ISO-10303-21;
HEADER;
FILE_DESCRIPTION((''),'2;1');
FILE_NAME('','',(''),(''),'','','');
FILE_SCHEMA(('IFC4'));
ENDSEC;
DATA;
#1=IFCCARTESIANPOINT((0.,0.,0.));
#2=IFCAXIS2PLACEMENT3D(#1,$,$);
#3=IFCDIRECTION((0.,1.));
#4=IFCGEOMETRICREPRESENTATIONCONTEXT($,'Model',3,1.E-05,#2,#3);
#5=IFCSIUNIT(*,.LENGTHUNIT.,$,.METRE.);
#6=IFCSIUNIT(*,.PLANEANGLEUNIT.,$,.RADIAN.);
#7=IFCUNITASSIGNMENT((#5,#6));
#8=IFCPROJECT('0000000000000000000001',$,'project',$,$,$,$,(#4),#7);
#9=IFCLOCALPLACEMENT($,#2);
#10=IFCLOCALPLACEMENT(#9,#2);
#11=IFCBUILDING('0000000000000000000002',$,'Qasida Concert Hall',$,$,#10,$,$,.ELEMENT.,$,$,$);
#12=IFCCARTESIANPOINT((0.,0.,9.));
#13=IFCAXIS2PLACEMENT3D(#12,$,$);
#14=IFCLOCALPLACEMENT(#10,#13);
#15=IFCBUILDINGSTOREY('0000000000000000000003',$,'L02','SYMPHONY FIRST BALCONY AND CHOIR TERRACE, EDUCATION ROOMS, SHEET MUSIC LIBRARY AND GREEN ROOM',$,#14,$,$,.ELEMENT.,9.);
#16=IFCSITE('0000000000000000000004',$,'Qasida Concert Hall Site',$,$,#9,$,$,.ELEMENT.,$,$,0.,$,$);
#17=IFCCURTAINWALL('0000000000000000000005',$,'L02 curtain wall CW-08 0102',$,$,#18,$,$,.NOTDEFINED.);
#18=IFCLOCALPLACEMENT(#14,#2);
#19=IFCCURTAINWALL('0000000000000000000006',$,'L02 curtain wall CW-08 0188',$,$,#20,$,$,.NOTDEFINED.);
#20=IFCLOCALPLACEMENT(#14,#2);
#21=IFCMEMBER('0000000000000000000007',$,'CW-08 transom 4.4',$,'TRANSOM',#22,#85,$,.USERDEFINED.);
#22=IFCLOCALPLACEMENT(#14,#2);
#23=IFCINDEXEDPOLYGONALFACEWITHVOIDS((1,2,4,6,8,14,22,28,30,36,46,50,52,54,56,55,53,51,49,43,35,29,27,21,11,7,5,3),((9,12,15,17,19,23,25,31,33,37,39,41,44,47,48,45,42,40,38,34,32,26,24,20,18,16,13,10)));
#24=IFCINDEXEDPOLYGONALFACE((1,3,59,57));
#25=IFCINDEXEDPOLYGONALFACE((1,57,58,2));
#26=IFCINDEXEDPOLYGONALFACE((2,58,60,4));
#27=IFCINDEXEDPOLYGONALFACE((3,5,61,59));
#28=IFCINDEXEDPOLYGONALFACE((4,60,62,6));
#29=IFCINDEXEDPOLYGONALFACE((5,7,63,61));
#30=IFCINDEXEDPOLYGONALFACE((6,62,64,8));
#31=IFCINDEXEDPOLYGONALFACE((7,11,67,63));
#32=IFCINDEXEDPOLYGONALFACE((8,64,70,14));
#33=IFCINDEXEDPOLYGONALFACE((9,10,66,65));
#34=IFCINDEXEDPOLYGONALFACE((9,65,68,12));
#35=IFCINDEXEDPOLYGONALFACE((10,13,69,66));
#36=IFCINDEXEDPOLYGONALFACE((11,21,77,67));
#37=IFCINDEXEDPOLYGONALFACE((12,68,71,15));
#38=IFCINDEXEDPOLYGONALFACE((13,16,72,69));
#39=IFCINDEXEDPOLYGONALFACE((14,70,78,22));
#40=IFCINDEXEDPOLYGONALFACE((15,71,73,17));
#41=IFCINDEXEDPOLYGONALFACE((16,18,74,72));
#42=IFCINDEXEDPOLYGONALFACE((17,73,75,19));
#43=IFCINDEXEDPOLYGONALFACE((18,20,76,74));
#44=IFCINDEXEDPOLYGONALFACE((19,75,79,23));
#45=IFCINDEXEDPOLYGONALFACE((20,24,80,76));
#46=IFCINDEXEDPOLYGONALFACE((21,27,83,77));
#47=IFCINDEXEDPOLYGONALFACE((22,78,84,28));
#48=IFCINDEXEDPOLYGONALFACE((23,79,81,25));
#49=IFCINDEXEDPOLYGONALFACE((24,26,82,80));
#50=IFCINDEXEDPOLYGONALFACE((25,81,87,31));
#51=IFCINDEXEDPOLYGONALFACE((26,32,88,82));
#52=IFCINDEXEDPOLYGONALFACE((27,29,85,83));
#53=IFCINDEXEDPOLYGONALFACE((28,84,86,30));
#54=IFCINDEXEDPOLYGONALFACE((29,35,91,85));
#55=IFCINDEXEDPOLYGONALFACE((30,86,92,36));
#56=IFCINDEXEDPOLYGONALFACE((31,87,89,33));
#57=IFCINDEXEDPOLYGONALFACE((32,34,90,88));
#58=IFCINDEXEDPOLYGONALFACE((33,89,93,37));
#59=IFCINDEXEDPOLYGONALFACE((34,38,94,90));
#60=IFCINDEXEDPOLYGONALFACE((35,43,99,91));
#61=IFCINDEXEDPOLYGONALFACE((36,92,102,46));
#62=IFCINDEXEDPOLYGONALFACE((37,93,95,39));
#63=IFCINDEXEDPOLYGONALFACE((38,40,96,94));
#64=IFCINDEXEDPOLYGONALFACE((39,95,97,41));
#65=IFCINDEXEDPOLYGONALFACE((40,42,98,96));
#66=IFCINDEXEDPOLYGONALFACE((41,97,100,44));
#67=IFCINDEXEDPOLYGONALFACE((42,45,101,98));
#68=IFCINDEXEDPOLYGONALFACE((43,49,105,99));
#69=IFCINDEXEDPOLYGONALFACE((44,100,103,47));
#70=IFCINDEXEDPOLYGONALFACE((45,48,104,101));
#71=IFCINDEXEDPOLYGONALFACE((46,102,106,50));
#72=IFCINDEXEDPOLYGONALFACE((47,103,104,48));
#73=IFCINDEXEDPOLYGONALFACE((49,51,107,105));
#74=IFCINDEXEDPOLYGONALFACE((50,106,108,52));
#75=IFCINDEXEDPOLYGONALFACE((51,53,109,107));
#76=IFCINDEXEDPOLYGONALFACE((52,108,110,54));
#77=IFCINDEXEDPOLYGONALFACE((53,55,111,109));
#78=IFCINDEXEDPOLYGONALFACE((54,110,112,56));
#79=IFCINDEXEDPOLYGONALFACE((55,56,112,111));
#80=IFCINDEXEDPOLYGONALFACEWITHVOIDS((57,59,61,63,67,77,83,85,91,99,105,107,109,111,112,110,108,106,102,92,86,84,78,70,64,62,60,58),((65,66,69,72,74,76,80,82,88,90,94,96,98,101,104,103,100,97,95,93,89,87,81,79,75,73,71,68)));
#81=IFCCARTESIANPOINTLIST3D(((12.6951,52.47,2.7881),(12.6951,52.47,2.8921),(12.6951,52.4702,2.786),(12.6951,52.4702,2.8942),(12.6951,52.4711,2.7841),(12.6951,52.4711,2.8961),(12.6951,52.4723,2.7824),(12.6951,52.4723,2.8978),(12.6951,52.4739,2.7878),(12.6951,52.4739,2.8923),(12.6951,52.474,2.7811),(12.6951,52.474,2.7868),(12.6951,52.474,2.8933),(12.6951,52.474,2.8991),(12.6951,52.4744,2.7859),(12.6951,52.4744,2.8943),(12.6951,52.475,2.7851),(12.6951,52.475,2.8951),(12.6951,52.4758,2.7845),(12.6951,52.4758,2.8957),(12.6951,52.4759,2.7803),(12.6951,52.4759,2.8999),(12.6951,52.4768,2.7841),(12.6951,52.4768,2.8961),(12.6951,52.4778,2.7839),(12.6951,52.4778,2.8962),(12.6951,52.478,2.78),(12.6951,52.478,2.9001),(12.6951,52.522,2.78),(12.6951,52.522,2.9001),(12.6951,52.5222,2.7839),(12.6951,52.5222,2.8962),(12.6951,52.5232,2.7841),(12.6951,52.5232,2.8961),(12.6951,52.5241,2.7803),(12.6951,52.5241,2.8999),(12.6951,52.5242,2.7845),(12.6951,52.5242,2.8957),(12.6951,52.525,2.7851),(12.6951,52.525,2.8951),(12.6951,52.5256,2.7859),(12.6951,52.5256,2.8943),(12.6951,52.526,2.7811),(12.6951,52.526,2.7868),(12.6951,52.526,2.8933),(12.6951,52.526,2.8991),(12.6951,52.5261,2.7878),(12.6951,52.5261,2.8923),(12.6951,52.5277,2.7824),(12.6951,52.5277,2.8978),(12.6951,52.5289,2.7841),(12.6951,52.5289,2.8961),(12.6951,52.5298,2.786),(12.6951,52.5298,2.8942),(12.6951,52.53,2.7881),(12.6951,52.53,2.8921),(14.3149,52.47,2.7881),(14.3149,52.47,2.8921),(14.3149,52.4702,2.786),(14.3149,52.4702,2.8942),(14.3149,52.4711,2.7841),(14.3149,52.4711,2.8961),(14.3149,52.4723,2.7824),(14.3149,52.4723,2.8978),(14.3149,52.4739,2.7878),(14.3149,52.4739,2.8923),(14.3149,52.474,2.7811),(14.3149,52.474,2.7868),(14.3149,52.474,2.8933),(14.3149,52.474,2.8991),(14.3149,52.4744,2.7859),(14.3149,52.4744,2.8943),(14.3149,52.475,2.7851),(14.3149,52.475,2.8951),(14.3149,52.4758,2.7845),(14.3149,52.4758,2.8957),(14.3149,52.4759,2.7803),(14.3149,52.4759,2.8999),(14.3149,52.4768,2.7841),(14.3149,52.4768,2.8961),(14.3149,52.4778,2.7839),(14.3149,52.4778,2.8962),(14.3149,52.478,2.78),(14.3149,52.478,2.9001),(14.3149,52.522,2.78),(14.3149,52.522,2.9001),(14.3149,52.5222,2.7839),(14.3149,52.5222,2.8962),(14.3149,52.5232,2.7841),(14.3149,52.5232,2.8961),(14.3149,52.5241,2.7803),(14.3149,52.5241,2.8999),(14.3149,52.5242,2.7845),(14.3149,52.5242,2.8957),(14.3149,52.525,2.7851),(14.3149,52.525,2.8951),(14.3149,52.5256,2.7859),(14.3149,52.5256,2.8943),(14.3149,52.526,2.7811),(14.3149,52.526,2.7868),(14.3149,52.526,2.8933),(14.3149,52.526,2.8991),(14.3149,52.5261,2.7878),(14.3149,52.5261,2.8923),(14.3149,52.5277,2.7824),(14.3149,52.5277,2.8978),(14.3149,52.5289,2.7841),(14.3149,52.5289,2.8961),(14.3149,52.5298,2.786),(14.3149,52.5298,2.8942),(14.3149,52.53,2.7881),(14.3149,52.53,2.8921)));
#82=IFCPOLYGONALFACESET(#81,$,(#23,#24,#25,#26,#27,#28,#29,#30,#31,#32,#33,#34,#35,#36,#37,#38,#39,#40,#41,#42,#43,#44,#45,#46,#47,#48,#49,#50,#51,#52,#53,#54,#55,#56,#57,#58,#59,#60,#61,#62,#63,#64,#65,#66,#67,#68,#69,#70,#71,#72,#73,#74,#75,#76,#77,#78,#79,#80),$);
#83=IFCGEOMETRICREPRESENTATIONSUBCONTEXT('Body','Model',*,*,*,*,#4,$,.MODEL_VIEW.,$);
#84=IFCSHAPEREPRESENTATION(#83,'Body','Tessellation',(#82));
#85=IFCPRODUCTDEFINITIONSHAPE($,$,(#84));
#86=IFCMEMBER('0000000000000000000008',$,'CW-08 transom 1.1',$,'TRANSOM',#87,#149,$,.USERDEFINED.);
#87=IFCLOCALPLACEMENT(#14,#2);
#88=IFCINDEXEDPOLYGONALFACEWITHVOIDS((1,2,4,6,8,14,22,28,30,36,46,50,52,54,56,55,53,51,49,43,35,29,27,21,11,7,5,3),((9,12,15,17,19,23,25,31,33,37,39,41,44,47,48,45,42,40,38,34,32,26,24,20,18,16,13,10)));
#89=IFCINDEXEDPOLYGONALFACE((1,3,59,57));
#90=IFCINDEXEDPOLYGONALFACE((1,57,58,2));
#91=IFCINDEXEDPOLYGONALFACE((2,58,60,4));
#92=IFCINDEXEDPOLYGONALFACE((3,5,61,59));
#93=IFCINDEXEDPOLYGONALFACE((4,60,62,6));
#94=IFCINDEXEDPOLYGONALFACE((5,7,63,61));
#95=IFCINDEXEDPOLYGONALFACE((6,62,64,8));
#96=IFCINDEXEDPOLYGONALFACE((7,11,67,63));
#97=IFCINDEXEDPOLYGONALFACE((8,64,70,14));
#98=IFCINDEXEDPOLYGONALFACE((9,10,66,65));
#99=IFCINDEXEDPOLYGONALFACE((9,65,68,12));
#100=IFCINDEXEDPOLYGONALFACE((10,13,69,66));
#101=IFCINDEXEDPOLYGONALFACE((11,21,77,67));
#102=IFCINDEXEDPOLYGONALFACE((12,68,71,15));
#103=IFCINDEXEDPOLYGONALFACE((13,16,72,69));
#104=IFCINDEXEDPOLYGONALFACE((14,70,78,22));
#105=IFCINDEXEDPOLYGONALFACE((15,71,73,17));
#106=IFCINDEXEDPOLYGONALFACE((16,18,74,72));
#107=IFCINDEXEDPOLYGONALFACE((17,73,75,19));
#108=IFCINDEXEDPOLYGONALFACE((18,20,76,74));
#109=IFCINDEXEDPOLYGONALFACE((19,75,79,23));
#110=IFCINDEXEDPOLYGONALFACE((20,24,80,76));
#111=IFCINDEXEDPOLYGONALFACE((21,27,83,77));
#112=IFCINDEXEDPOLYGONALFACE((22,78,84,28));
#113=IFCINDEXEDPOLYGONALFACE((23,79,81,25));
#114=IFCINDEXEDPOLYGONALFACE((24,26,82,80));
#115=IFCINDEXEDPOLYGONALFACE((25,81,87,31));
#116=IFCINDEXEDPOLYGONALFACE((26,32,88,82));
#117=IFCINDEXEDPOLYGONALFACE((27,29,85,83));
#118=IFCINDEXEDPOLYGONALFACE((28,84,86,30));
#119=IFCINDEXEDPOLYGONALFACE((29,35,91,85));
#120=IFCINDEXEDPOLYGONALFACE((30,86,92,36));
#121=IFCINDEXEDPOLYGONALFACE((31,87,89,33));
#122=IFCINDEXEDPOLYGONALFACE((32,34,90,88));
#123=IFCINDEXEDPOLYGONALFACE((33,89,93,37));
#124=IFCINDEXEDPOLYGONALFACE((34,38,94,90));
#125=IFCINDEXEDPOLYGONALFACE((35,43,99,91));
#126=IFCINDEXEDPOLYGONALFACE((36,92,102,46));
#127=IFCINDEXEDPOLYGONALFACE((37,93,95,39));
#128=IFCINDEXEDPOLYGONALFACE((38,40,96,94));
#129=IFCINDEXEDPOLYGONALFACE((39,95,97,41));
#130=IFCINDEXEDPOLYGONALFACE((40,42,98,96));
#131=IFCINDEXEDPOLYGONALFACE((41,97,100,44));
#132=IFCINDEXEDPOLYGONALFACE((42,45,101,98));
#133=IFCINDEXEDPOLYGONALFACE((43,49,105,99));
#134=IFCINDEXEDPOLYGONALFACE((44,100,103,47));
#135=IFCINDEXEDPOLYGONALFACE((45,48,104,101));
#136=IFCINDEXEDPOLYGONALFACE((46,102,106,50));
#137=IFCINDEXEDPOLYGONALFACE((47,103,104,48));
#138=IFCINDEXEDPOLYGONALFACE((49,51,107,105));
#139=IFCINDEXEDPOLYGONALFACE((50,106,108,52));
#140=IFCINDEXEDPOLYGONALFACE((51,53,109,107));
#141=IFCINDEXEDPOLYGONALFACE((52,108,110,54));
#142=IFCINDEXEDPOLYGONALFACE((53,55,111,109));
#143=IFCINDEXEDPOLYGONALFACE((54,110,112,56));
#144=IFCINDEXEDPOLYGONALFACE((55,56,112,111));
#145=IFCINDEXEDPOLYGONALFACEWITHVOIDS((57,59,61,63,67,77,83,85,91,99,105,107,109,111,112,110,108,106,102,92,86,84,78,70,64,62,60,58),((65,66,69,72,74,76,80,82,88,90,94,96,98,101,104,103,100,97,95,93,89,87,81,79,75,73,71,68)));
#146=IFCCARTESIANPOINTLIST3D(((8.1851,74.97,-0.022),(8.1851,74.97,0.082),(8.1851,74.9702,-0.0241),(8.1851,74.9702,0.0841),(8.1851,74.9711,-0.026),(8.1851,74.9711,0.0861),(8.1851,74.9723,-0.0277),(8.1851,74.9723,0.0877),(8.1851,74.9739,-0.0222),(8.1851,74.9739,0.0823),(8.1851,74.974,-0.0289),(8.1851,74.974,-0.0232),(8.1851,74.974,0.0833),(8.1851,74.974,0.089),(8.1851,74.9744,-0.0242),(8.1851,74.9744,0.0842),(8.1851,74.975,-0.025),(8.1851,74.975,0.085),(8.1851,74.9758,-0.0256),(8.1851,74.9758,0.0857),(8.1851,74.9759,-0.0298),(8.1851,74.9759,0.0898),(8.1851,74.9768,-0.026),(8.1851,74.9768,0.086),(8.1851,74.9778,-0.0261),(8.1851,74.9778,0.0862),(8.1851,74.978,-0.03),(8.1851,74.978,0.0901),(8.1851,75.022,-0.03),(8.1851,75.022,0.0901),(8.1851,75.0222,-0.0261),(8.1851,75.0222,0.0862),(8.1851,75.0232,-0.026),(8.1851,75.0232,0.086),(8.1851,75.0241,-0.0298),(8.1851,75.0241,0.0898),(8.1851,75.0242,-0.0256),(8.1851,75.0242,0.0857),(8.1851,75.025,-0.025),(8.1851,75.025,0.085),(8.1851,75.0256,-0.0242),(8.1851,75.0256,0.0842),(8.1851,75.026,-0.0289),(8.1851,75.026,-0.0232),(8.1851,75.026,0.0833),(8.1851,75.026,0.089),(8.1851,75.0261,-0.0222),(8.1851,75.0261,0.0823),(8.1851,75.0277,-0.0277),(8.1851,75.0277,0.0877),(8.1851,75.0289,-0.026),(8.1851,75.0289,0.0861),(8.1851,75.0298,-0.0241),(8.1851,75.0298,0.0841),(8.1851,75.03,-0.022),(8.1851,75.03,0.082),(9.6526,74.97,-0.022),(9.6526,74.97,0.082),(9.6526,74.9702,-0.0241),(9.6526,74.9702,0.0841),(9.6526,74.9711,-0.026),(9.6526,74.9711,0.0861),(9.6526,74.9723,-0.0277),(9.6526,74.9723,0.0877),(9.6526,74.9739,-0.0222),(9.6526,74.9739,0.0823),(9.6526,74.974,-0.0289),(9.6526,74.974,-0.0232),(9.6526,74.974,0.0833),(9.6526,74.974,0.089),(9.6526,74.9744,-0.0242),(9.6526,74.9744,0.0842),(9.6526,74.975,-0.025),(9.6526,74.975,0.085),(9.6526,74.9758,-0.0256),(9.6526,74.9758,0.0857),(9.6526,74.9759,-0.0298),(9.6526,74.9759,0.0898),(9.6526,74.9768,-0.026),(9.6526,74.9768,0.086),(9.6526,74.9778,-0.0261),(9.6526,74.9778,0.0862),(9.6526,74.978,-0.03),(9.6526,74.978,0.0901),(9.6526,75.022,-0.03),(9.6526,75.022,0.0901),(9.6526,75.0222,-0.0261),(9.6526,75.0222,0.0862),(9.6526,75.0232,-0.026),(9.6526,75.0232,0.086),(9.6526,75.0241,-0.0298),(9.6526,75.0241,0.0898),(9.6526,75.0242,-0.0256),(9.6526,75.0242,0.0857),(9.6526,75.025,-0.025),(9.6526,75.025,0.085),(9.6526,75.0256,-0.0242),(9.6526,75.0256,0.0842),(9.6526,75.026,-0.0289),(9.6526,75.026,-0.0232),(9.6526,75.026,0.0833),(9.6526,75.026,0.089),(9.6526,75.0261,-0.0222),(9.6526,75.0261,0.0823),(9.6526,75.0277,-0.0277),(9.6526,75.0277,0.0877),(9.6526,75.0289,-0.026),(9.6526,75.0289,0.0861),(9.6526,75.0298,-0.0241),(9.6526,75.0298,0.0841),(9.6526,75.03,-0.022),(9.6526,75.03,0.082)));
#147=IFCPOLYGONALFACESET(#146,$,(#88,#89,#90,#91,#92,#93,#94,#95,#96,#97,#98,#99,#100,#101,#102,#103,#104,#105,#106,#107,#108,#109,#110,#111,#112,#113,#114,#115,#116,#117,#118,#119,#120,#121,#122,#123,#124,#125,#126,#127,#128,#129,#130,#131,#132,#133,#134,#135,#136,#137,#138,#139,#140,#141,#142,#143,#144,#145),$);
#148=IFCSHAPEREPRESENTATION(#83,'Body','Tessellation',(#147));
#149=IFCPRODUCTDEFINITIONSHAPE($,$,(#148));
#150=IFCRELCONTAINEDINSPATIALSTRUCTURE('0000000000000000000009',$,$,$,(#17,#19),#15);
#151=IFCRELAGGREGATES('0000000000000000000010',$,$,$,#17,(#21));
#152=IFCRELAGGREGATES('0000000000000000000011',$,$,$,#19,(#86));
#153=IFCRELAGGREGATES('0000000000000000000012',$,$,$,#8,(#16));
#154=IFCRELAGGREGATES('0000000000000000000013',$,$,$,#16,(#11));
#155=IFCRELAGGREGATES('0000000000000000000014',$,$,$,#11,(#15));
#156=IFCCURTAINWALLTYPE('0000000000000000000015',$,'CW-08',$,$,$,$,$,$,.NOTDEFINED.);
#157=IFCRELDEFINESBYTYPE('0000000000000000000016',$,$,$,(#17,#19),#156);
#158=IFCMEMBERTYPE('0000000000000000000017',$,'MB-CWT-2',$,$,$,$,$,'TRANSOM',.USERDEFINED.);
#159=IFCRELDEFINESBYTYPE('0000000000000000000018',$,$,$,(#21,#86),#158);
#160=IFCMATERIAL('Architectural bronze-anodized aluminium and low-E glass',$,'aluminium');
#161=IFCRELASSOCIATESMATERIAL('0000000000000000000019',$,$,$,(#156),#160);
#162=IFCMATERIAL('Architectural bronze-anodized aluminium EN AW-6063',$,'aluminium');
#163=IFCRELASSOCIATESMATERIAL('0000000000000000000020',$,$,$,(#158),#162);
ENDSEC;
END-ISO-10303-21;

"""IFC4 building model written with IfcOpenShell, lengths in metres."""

from ifc_helpers import new_model, si_unit, direction, frame, origin, origin_2d, place, context, subcontext, project, spatial, hollow_rectangle, extrude, material, material_profile, profile_set, type_object, element, aggregate, save


model = new_model("IFC4")

# Units and contexts
model_context = context("Model", 3, precision=1e-05, world=origin(), true_north=direction((0.0, 1.0)))
body_context = subcontext(model_context, "Body", "Model", "MODEL_VIEW")
ifc_project = project(units=[si_unit("LENGTHUNIT", "METRE"), si_unit("PLANEANGLEUNIT", "RADIAN")], contexts=[model_context])

# Site, building, storey
site_placement = place(None, origin())
site = spatial("IfcSite", under=ifc_project, at=site_placement, Name="Qasida Concert Hall Site", CompositionType="ELEMENT", RefElevation=0.0)
building_placement = place(site_placement, origin())
building = spatial("IfcBuilding", under=site, at=building_placement, Name="Qasida Concert Hall", CompositionType="ELEMENT")
storey_placement = place(building_placement, frame((0.0, 0.0, 9.0)))
storey = spatial("IfcBuildingStorey", under=building, at=storey_placement, Name="L02", Description="SYMPHONY FIRST BALCONY AND CHOIR TERRACE, EDUCATION ROOMS, SHEET MUSIC LIBRARY AND GREEN ROOM", CompositionType="ELEMENT", Elevation=9.0)

# Curtain wall
ifc_material_1 = material(Name="Architectural bronze-anodized aluminium and low-E glass", Category="aluminium")
curtain_wall_type = type_object("IfcCurtainWallType", Name="CW-08", PredefinedType="NOTDEFINED", material=ifc_material_1)
curtain_wall_1_placement = place(storey_placement, origin())
curtain_wall_1 = element("IfcCurtainWall", 1, at=curtain_wall_1_placement, inside=storey, type_object=curtain_wall_type, Name="L02 curtain wall CW-08 0102", PredefinedType="NOTDEFINED")
ifc_material_2 = material(Name="Architectural bronze-anodized aluminium EN AW-6063", Category="aluminium")

# Curtain wall
curtain_wall_2_placement = place(storey_placement, origin())
curtain_wall_2 = element("IfcCurtainWall", 2, at=curtain_wall_2_placement, inside=storey, type_object=curtain_wall_type, Name="L02 curtain wall CW-08 0188", PredefinedType="NOTDEFINED")

# Members
ifc_material_profile_1 = material_profile(ifc_material_2, hollow_rectangle(XDim=0.0601, YDim=0.1201, WallThickness=0.0039, InnerFilletRadius=0.0039, OuterFilletRadius=0.0081, at=origin_2d()), Name="CWT 120x60x4")
ifc_profile_set_1 = profile_set([ifc_material_profile_1], Name="Architectural bronze-anodized aluminium EN AW-6063")
member_type_1 = type_object("IfcMemberType", Name="MB-CWT-2", ElementType="TRANSOM", PredefinedType="USERDEFINED", material=ifc_profile_set_1)
member_1_placement = place(storey_placement, frame((12.6951, 52.5, 2.8401), z_axis=(1.0, 0.0, 0.0), x_axis=(0.0, 1.0, 0.0)))
member_1 = element("IfcMember", 3, at=member_1_placement, type_object=member_type_1, Name="CW-08 transom 4.4", ObjectType="TRANSOM", PredefinedType="USERDEFINED", context=body_context, shape_type="SweptSolid", body=[
    extrude(hollow_rectangle(XDim=0.0601, YDim=0.1201, WallThickness=0.0039, InnerFilletRadius=0.0039, OuterFilletRadius=0.0081, at=origin_2d()), origin(), (0.0, 0.0, 1.0), 1.6199),
])
member_2_placement = place(storey_placement, frame((8.1851, 75.0, 0.03), z_axis=(1.0, 0.0, 0.0), x_axis=(0.0, 1.0, 0.0)))
member_2 = element("IfcMember", 4, at=member_2_placement, type_object=member_type_1, Name="CW-08 transom 1.1", ObjectType="TRANSOM", PredefinedType="USERDEFINED", context=body_context, shape_type="SweptSolid", body=[
    extrude(hollow_rectangle(XDim=0.0601, YDim=0.1201, WallThickness=0.0039, InnerFilletRadius=0.0039, OuterFilletRadius=0.0081, at=origin_2d()), origin(), (0.0, 0.0, 1.0), 1.4675),
])

aggregate(curtain_wall_1, [member_1])
aggregate(curtain_wall_2, [member_2])

save(model, "model.ifc")
